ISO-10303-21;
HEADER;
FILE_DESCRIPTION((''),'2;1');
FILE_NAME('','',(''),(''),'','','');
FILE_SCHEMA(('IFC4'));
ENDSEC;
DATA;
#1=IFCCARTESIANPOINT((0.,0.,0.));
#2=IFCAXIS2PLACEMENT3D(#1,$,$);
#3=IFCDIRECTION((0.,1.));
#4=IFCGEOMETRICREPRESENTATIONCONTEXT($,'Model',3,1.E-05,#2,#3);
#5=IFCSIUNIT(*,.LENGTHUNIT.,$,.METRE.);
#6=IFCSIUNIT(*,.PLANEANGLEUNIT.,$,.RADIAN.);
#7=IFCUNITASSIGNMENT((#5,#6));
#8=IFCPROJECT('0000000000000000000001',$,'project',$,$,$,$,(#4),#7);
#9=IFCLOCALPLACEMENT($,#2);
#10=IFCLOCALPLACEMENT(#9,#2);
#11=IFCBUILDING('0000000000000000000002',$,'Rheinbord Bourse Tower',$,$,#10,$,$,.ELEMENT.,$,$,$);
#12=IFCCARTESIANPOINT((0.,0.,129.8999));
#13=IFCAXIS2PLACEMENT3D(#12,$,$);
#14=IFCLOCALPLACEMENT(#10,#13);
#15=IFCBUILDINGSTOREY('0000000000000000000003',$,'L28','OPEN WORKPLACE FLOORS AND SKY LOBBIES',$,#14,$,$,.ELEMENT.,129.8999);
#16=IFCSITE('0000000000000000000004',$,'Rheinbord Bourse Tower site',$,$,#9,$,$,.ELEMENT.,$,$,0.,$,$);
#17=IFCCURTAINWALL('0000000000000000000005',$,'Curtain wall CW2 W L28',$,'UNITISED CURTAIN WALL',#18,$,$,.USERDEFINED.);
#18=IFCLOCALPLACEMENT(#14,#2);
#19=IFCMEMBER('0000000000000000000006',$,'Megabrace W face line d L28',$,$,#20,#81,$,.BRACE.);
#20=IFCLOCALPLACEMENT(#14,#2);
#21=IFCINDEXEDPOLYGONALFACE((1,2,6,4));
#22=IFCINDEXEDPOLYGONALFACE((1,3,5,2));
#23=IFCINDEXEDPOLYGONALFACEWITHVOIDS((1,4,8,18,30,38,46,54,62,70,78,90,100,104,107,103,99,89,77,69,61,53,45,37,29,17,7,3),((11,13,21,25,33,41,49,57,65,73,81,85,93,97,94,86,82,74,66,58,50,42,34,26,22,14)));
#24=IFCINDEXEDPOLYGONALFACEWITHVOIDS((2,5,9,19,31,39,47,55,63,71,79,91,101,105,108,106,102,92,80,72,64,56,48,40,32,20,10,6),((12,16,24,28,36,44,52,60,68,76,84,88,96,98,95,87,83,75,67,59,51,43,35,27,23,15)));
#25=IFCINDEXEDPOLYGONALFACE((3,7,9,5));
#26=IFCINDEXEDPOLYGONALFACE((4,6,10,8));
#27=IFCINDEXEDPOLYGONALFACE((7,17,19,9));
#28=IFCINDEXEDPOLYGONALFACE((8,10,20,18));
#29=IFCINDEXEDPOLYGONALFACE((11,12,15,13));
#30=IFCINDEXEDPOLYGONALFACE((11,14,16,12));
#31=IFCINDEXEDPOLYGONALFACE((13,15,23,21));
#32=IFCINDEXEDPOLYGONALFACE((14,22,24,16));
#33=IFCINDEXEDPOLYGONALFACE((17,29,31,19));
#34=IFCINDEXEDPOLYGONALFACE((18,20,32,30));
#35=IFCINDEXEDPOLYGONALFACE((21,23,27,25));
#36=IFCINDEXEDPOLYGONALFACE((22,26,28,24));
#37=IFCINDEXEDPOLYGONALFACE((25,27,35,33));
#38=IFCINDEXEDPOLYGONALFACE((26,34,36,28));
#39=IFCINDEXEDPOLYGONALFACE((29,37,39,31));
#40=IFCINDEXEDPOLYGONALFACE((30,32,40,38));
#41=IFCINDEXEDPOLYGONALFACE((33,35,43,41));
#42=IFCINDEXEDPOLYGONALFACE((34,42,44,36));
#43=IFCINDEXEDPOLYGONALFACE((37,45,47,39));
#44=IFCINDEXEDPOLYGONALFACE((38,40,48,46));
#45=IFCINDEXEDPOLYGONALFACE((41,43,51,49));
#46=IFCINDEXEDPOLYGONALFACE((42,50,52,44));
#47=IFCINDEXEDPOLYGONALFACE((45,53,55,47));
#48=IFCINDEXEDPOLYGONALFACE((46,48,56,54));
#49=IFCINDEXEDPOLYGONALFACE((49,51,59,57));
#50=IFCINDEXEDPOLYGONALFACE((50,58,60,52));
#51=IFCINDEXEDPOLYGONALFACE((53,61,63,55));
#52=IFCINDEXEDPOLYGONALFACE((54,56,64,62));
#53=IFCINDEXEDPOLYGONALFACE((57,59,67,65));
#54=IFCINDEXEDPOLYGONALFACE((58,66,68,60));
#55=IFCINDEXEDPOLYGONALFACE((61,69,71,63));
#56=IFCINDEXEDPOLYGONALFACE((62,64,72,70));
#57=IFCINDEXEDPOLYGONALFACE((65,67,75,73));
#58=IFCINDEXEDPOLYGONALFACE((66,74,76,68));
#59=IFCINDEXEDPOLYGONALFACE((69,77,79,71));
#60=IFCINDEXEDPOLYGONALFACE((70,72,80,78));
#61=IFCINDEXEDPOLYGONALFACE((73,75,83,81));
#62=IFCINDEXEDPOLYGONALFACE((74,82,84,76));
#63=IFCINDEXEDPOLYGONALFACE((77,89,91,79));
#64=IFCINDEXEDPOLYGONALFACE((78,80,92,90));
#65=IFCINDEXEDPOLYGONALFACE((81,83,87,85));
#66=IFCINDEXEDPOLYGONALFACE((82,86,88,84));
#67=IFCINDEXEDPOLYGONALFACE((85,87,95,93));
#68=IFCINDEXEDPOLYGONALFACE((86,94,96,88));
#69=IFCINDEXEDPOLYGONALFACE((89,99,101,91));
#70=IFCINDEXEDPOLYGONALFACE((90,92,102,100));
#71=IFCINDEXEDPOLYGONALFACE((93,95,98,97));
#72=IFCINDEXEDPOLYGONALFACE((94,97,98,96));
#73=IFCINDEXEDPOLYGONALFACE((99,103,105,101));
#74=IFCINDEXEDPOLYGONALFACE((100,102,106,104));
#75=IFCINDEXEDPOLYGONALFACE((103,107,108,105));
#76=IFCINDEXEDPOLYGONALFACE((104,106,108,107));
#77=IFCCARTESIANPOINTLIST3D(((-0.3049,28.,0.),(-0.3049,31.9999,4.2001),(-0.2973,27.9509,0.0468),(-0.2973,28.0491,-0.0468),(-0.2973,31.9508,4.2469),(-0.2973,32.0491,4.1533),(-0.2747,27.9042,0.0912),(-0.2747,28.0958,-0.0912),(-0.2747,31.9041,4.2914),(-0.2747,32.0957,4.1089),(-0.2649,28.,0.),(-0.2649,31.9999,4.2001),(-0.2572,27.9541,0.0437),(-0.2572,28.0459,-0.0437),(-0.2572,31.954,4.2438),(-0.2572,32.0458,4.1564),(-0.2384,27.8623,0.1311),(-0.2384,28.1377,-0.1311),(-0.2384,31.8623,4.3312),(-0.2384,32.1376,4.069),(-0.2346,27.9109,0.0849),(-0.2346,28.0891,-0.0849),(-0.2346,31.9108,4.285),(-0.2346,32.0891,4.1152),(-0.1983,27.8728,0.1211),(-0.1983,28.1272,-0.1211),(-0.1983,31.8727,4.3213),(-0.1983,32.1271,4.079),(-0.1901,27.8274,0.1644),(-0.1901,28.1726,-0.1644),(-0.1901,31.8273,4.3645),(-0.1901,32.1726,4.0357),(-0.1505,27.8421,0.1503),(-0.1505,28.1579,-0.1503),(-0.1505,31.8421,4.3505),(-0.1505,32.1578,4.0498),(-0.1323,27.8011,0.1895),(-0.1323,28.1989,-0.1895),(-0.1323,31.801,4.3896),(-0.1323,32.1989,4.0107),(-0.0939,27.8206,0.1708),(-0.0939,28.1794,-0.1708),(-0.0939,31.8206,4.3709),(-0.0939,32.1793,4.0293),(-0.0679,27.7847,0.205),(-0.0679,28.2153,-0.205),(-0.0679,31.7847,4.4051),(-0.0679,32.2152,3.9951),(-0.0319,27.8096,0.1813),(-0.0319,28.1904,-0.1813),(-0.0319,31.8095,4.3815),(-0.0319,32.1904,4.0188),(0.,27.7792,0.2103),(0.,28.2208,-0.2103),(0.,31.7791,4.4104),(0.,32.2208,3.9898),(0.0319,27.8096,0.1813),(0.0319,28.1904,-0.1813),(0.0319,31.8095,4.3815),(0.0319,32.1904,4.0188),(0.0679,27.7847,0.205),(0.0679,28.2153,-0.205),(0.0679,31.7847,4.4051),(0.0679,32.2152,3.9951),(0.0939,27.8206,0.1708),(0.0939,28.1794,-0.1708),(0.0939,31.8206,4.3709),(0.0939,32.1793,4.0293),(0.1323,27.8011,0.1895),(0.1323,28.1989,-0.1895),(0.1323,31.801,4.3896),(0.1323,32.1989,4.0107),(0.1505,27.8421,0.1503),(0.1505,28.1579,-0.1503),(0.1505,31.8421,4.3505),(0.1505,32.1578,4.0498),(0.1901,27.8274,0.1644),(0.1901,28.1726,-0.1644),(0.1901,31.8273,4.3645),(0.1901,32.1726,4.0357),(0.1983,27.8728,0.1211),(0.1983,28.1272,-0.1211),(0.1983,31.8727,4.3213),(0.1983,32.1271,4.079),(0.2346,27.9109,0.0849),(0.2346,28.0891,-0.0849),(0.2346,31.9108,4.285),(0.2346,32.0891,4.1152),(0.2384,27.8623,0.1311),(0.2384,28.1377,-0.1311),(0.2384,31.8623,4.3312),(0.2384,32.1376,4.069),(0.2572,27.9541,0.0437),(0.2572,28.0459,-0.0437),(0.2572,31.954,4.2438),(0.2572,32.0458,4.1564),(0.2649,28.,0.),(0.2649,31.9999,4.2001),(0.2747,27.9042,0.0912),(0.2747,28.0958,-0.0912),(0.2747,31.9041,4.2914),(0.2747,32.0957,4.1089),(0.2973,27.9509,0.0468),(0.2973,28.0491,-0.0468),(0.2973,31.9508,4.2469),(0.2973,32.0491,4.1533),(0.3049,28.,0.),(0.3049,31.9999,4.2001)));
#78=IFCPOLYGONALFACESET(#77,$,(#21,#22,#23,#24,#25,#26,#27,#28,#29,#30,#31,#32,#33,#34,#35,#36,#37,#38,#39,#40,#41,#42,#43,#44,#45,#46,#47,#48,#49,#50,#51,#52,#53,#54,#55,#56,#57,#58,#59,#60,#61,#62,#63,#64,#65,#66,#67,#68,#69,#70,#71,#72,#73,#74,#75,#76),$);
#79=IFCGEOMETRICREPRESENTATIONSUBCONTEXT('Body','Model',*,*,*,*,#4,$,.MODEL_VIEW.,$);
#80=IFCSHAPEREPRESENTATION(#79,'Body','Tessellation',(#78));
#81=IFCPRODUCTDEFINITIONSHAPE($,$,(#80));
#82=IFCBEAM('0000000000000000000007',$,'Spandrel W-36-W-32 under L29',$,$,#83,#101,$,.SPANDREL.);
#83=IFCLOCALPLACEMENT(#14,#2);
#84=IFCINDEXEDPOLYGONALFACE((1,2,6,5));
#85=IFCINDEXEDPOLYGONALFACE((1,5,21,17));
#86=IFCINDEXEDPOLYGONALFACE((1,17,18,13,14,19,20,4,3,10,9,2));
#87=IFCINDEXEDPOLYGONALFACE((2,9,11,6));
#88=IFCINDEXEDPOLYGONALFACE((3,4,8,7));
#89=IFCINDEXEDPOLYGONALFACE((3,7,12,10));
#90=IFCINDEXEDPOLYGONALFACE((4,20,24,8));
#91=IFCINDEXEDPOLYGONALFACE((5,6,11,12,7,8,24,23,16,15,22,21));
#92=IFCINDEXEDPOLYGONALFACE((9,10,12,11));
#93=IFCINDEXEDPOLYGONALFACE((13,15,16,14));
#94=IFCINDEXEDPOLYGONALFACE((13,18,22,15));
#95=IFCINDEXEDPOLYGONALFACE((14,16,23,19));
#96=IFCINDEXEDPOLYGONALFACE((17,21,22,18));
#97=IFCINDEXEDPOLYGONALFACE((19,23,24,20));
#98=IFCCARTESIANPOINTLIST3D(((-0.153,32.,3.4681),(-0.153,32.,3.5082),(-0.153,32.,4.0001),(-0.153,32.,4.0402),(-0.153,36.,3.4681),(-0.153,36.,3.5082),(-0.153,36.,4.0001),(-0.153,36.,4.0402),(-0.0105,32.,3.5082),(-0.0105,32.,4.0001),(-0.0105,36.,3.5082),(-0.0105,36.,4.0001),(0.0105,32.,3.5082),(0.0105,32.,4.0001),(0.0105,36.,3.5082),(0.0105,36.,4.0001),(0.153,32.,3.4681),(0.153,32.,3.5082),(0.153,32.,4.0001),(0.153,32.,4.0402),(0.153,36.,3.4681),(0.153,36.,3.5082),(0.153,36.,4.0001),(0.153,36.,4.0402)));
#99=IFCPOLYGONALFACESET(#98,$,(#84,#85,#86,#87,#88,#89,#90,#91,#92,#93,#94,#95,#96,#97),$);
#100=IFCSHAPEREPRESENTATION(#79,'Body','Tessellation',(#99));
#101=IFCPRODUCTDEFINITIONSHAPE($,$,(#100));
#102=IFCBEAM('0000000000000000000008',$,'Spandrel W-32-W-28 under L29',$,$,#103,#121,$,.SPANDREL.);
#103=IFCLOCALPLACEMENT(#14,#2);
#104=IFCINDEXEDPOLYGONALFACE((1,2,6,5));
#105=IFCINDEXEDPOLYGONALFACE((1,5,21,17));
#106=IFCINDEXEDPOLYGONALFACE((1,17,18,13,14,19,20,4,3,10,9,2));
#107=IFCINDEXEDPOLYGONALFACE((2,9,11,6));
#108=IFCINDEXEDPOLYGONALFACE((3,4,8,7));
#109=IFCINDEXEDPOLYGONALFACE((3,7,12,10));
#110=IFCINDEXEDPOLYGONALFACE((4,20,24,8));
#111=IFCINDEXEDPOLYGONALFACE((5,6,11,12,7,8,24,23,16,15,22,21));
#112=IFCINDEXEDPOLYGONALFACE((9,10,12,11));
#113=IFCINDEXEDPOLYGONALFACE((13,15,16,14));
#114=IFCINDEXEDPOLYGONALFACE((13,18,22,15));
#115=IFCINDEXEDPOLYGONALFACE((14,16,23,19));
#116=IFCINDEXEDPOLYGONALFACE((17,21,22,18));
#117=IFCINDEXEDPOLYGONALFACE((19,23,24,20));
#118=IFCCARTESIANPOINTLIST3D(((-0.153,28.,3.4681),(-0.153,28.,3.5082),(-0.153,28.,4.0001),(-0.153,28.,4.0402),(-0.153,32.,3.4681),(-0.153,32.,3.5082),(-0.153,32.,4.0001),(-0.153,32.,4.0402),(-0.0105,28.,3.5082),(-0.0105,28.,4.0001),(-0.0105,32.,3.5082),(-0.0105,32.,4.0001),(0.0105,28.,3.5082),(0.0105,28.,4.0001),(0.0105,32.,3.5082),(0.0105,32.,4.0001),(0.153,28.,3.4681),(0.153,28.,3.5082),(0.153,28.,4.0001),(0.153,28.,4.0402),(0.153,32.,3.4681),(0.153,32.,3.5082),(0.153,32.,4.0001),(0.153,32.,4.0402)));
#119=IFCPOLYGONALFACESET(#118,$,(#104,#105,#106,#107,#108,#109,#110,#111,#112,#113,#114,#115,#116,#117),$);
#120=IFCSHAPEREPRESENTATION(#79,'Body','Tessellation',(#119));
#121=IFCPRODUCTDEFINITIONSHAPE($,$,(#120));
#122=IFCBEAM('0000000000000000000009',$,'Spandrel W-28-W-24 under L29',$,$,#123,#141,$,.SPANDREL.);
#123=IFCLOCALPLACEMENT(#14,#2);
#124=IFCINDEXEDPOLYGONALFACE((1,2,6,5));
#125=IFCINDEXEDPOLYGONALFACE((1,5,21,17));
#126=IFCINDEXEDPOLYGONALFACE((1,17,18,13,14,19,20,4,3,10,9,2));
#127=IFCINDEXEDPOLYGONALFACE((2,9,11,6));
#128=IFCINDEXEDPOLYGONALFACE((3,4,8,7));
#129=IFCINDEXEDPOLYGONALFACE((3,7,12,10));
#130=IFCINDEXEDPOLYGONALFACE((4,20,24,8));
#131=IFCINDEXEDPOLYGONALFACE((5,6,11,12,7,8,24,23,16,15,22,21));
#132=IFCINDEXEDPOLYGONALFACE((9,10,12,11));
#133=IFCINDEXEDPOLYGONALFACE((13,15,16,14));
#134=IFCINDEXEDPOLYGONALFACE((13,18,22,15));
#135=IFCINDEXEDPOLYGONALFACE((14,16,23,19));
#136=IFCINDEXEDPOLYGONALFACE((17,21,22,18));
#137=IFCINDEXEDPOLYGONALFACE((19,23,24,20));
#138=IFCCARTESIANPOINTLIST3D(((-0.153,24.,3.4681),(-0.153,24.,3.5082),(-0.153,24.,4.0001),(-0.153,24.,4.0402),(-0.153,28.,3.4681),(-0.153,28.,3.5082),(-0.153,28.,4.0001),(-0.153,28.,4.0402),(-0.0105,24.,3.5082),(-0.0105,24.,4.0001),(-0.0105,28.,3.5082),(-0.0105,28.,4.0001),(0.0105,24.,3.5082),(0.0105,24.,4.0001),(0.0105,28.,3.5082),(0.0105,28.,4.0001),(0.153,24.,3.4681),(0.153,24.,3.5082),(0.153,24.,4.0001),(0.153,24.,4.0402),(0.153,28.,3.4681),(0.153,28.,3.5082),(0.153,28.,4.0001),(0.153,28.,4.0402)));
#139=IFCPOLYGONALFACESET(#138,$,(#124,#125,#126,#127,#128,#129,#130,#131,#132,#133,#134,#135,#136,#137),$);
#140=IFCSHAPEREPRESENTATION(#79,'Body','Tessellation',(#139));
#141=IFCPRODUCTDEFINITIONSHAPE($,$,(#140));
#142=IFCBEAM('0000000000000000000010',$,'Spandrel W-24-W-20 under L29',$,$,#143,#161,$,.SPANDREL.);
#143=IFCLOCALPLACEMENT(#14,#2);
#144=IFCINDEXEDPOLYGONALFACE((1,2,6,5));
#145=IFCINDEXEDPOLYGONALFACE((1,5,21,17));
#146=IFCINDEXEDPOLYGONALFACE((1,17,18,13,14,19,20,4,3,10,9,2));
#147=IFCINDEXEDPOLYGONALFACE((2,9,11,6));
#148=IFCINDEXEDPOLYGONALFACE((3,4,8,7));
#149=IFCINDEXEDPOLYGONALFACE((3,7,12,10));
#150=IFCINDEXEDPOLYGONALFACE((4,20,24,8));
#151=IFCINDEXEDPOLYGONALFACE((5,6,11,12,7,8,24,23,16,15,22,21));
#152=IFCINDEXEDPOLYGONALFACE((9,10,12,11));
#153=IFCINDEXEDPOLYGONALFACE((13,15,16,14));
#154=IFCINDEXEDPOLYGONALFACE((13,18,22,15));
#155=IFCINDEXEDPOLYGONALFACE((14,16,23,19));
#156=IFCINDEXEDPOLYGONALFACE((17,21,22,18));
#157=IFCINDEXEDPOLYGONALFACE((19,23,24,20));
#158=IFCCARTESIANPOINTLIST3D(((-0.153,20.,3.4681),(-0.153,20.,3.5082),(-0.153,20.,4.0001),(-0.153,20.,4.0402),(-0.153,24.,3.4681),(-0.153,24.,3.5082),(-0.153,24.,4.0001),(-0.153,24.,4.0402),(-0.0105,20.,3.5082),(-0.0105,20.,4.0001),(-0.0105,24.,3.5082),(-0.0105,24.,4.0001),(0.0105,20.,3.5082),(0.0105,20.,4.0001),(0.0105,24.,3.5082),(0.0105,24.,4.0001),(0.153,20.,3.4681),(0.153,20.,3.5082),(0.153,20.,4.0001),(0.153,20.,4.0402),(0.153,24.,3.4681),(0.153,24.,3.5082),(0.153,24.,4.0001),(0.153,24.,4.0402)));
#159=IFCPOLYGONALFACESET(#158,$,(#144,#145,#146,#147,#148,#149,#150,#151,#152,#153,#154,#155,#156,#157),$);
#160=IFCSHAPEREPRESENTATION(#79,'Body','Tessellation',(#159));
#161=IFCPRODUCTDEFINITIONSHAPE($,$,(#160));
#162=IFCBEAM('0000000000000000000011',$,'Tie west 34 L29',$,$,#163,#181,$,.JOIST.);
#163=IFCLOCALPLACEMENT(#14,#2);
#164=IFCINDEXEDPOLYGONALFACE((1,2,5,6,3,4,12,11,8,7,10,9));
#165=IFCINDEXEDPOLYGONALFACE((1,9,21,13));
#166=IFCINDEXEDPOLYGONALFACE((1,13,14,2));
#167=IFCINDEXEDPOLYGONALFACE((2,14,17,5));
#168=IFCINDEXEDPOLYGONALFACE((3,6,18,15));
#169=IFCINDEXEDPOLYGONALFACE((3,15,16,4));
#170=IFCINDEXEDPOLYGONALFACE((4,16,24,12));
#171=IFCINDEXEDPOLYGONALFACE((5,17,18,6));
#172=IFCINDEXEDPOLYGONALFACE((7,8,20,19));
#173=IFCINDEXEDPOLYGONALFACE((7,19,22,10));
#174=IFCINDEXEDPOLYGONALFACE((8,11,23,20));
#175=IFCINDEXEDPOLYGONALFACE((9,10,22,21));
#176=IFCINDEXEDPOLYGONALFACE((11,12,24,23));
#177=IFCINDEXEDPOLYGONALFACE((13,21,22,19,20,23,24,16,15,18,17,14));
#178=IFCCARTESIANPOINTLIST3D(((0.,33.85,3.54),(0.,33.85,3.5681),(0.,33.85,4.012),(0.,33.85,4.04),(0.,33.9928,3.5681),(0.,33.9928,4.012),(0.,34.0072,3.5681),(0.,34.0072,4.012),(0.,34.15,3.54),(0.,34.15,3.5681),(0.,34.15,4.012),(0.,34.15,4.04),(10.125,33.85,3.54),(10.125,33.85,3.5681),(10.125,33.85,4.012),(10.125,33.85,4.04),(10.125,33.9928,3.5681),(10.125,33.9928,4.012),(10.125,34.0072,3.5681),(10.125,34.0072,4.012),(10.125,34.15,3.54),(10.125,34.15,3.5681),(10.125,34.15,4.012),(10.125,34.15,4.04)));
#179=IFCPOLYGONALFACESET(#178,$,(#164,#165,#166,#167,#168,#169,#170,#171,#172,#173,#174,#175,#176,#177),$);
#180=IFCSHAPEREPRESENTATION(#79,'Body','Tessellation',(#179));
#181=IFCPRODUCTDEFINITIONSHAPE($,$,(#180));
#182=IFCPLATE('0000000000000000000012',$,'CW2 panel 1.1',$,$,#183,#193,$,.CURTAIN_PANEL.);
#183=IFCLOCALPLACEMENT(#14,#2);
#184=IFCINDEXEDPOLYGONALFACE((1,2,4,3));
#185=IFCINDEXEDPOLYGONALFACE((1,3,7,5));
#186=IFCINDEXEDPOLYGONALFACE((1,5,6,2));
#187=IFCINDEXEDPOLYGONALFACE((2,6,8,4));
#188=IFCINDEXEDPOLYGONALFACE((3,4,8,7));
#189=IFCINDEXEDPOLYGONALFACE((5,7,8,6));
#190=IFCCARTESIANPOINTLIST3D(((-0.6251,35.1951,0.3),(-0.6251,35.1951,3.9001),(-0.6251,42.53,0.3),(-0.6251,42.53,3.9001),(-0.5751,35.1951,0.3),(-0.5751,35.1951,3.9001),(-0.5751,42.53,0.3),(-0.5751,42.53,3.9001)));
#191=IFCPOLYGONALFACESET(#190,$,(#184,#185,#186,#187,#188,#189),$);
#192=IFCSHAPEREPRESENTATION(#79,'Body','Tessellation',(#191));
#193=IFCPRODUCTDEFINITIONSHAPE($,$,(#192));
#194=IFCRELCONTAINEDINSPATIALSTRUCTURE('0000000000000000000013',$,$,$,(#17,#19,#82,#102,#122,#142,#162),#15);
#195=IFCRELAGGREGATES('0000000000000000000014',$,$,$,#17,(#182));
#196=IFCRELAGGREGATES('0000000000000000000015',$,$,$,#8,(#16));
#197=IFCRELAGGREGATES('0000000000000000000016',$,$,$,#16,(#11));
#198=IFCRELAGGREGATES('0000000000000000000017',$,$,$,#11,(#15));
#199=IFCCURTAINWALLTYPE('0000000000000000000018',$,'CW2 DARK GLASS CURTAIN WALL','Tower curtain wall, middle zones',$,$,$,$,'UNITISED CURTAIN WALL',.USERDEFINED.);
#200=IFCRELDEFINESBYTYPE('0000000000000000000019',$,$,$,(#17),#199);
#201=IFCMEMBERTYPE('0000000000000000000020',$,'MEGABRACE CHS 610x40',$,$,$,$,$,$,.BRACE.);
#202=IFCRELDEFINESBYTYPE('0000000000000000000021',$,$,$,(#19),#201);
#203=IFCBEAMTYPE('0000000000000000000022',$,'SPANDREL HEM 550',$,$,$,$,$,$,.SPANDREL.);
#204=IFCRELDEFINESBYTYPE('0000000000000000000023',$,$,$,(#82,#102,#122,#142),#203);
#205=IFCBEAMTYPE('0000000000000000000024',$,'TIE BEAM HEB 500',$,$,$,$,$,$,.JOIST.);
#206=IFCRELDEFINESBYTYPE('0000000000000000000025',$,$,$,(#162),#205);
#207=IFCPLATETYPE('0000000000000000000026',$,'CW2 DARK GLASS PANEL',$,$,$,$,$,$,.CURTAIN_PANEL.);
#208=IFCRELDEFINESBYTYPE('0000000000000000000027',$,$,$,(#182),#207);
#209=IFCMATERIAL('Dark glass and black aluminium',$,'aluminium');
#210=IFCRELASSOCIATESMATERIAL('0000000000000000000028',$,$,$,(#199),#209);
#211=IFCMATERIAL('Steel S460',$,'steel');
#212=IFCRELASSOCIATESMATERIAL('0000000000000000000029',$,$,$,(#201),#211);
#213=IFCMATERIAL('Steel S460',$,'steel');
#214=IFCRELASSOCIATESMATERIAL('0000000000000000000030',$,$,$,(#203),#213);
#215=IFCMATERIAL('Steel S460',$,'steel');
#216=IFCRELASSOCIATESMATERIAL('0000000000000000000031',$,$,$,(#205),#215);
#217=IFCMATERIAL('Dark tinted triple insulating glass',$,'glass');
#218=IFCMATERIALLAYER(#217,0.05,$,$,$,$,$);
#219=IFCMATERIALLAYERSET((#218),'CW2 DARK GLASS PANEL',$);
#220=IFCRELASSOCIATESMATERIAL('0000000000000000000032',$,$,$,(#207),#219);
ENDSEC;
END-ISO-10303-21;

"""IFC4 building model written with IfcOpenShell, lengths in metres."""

from ifc_helpers import new_model, si_unit, direction, frame, origin, origin_2d, place, context, subcontext, project, spatial, rectangle, hollow_circle, i_section, extrude, material, layer, layer_set, material_profile, profile_set, type_object, element, aggregate, save


model = new_model("IFC4")

# Units and contexts
model_context = context("Model", 3, precision=1e-05, world=origin(), true_north=direction((0.0, 1.0)))
body_context = subcontext(model_context, "Body", "Model", "MODEL_VIEW")
ifc_project = project(units=[si_unit("LENGTHUNIT", "METRE"), si_unit("PLANEANGLEUNIT", "RADIAN")], contexts=[model_context])

# Site, building, storey
site_placement = place(None, origin())
site = spatial("IfcSite", under=ifc_project, at=site_placement, Name="Rheinbord Bourse Tower site", CompositionType="ELEMENT", RefElevation=0.0)
building_placement = place(site_placement, origin())
building = spatial("IfcBuilding", under=site, at=building_placement, Name="Rheinbord Bourse Tower", CompositionType="ELEMENT")
storey_placement = place(building_placement, frame((0.0, 0.0, 129.8999)))
storey = spatial("IfcBuildingStorey", under=building, at=storey_placement, Name="L28", Description="OPEN WORKPLACE FLOORS AND SKY LOBBIES", CompositionType="ELEMENT", Elevation=129.8999)

# Curtain wall
ifc_material_1 = material(Name="Dark glass and black aluminium", Category="aluminium")
curtain_wall_type = type_object("IfcCurtainWallType", Name="CW2 DARK GLASS CURTAIN WALL", Description="Tower curtain wall, middle zones", ElementType="UNITISED CURTAIN WALL", PredefinedType="USERDEFINED", material=ifc_material_1)
curtain_wall_placement = place(storey_placement, origin())
curtain_wall = element("IfcCurtainWall", 1, at=curtain_wall_placement, inside=storey, type_object=curtain_wall_type, Name="Curtain wall CW2 W L28", ObjectType="UNITISED CURTAIN WALL", PredefinedType="USERDEFINED")

# Member
ifc_material_2 = material(Name="Steel S460", Category="steel")
ifc_material_profile_1 = material_profile(ifc_material_2, hollow_circle(Radius=0.3049, WallThickness=0.04, at=origin_2d()), Name="CHS 610x40")
ifc_profile_set_1 = profile_set([ifc_material_profile_1], Name="Steel S460")
member_type_1 = type_object("IfcMemberType", Name="MEGABRACE CHS 610x40", PredefinedType="BRACE", material=ifc_profile_set_1)
for number, where, z_axis, x_axis, name in (
    (2, (0.0, 28.0, 0.0), (0.0, 0.689638, 0.724154), (-1.0, 0.0, 0.0), "Megabrace W face line d L28"),
):
    element("IfcMember", number, at=place(storey_placement, frame(where, z_axis=z_axis, x_axis=x_axis)), inside=storey, type_object=member_type_1, Name=name, PredefinedType="BRACE", context=body_context, shape_type="SweptSolid", body=[
        extrude(hollow_circle(Radius=0.3049, WallThickness=0.04, at=origin_2d()), origin(), (0.0, 0.0, 1.0), 5.8),
    ])

# Beams
ifc_material_3 = material(Name="Steel S460", Category="steel")
ifc_material_profile_2 = material_profile(ifc_material_3, i_section(OverallWidth=0.3059, OverallDepth=0.572, WebThickness=0.021, FlangeThickness=0.04, at=origin_2d()), Name="HEM 550")
ifc_profile_set_2 = profile_set([ifc_material_profile_2], Name="Steel S460")
beam_type_1 = type_object("IfcBeamType", Name="SPANDREL HEM 550", PredefinedType="SPANDREL", material=ifc_profile_set_2)
for number, where, z_axis, x_axis, name in (
    (3, (0.0, 36.0, 3.7542), (0.0, -1.0, 0.0), (1.0, 0.0, 0.0), "Spandrel W-36-W-32 under L29"),
    (4, (0.0, 32.0, 3.7542), (0.0, -1.0, 0.0), (1.0, 0.0, 0.0), "Spandrel W-32-W-28 under L29"),
    (5, (0.0, 28.0, 3.7542), (0.0, -1.0, 0.0), (1.0, 0.0, 0.0), "Spandrel W-28-W-24 under L29"),
    (6, (0.0, 24.0, 3.7542), (0.0, -1.0, 0.0), (1.0, 0.0, 0.0), "Spandrel W-24-W-20 under L29"),
):
    element("IfcBeam", number, at=place(storey_placement, frame(where, z_axis=z_axis, x_axis=x_axis)), inside=storey, type_object=beam_type_1, Name=name, PredefinedType="SPANDREL", context=body_context, shape_type="SweptSolid", body=[
        extrude(i_section(OverallWidth=0.3059, OverallDepth=0.572, WebThickness=0.021, FlangeThickness=0.04, at=origin_2d()), origin(), (0.0, 0.0, 1.0), 4.0),
    ])
ifc_material_4 = material(Name="Steel S460", Category="steel")
ifc_material_profile_3 = material_profile(ifc_material_4, i_section(OverallWidth=0.3, OverallDepth=0.5, WebThickness=0.0144, FlangeThickness=0.0281, at=origin_2d()), Name="HEB 500")
ifc_profile_set_3 = profile_set([ifc_material_profile_3], Name="Steel S460")
beam_type_2 = type_object("IfcBeamType", Name="TIE BEAM HEB 500", PredefinedType="JOIST", material=ifc_profile_set_3)
beam_1_placement = place(storey_placement, frame((0.0, 34.0, 3.79), z_axis=(1.0, 0.0, 0.0), x_axis=(0.0, 1.0, 0.0)))
element("IfcBeam", 7, at=beam_1_placement, inside=storey, type_object=beam_type_2, Name="Tie west 34 L29", PredefinedType="JOIST", context=body_context, shape_type="SweptSolid", body=[
    extrude(i_section(OverallWidth=0.3, OverallDepth=0.5, WebThickness=0.0144, FlangeThickness=0.0281, at=origin_2d()), origin(), (0.0, 0.0, 1.0), 10.125),
])

# Plate
ifc_material_5 = material(Name="Dark tinted triple insulating glass", Category="glass")
ifc_layer_1 = layer(ifc_material_5, 0.05)
ifc_layer_set_1 = layer_set([ifc_layer_1], Name="CW2 DARK GLASS PANEL")
plate_type = type_object("IfcPlateType", Name="CW2 DARK GLASS PANEL", PredefinedType="CURTAIN_PANEL", material=ifc_layer_set_1)
plate_1_placement = place(storey_placement, frame((-0.6001, 38.8625, 0.3), z_axis=(0.0, 0.0, 1.0), x_axis=(0.0, -1.0, 0.0)))
plate_1 = element("IfcPlate", 8, at=plate_1_placement, type_object=plate_type, Name="CW2 panel 1.1", PredefinedType="CURTAIN_PANEL", context=body_context, shape_type="SweptSolid", body=[
    extrude(rectangle(XDim=7.335, YDim=0.05, at=origin_2d()), origin(), (0.0, 0.0, 1.0), 3.6001),
])
aggregate(curtain_wall, [plate_1])

save(model, "model.ifc")
